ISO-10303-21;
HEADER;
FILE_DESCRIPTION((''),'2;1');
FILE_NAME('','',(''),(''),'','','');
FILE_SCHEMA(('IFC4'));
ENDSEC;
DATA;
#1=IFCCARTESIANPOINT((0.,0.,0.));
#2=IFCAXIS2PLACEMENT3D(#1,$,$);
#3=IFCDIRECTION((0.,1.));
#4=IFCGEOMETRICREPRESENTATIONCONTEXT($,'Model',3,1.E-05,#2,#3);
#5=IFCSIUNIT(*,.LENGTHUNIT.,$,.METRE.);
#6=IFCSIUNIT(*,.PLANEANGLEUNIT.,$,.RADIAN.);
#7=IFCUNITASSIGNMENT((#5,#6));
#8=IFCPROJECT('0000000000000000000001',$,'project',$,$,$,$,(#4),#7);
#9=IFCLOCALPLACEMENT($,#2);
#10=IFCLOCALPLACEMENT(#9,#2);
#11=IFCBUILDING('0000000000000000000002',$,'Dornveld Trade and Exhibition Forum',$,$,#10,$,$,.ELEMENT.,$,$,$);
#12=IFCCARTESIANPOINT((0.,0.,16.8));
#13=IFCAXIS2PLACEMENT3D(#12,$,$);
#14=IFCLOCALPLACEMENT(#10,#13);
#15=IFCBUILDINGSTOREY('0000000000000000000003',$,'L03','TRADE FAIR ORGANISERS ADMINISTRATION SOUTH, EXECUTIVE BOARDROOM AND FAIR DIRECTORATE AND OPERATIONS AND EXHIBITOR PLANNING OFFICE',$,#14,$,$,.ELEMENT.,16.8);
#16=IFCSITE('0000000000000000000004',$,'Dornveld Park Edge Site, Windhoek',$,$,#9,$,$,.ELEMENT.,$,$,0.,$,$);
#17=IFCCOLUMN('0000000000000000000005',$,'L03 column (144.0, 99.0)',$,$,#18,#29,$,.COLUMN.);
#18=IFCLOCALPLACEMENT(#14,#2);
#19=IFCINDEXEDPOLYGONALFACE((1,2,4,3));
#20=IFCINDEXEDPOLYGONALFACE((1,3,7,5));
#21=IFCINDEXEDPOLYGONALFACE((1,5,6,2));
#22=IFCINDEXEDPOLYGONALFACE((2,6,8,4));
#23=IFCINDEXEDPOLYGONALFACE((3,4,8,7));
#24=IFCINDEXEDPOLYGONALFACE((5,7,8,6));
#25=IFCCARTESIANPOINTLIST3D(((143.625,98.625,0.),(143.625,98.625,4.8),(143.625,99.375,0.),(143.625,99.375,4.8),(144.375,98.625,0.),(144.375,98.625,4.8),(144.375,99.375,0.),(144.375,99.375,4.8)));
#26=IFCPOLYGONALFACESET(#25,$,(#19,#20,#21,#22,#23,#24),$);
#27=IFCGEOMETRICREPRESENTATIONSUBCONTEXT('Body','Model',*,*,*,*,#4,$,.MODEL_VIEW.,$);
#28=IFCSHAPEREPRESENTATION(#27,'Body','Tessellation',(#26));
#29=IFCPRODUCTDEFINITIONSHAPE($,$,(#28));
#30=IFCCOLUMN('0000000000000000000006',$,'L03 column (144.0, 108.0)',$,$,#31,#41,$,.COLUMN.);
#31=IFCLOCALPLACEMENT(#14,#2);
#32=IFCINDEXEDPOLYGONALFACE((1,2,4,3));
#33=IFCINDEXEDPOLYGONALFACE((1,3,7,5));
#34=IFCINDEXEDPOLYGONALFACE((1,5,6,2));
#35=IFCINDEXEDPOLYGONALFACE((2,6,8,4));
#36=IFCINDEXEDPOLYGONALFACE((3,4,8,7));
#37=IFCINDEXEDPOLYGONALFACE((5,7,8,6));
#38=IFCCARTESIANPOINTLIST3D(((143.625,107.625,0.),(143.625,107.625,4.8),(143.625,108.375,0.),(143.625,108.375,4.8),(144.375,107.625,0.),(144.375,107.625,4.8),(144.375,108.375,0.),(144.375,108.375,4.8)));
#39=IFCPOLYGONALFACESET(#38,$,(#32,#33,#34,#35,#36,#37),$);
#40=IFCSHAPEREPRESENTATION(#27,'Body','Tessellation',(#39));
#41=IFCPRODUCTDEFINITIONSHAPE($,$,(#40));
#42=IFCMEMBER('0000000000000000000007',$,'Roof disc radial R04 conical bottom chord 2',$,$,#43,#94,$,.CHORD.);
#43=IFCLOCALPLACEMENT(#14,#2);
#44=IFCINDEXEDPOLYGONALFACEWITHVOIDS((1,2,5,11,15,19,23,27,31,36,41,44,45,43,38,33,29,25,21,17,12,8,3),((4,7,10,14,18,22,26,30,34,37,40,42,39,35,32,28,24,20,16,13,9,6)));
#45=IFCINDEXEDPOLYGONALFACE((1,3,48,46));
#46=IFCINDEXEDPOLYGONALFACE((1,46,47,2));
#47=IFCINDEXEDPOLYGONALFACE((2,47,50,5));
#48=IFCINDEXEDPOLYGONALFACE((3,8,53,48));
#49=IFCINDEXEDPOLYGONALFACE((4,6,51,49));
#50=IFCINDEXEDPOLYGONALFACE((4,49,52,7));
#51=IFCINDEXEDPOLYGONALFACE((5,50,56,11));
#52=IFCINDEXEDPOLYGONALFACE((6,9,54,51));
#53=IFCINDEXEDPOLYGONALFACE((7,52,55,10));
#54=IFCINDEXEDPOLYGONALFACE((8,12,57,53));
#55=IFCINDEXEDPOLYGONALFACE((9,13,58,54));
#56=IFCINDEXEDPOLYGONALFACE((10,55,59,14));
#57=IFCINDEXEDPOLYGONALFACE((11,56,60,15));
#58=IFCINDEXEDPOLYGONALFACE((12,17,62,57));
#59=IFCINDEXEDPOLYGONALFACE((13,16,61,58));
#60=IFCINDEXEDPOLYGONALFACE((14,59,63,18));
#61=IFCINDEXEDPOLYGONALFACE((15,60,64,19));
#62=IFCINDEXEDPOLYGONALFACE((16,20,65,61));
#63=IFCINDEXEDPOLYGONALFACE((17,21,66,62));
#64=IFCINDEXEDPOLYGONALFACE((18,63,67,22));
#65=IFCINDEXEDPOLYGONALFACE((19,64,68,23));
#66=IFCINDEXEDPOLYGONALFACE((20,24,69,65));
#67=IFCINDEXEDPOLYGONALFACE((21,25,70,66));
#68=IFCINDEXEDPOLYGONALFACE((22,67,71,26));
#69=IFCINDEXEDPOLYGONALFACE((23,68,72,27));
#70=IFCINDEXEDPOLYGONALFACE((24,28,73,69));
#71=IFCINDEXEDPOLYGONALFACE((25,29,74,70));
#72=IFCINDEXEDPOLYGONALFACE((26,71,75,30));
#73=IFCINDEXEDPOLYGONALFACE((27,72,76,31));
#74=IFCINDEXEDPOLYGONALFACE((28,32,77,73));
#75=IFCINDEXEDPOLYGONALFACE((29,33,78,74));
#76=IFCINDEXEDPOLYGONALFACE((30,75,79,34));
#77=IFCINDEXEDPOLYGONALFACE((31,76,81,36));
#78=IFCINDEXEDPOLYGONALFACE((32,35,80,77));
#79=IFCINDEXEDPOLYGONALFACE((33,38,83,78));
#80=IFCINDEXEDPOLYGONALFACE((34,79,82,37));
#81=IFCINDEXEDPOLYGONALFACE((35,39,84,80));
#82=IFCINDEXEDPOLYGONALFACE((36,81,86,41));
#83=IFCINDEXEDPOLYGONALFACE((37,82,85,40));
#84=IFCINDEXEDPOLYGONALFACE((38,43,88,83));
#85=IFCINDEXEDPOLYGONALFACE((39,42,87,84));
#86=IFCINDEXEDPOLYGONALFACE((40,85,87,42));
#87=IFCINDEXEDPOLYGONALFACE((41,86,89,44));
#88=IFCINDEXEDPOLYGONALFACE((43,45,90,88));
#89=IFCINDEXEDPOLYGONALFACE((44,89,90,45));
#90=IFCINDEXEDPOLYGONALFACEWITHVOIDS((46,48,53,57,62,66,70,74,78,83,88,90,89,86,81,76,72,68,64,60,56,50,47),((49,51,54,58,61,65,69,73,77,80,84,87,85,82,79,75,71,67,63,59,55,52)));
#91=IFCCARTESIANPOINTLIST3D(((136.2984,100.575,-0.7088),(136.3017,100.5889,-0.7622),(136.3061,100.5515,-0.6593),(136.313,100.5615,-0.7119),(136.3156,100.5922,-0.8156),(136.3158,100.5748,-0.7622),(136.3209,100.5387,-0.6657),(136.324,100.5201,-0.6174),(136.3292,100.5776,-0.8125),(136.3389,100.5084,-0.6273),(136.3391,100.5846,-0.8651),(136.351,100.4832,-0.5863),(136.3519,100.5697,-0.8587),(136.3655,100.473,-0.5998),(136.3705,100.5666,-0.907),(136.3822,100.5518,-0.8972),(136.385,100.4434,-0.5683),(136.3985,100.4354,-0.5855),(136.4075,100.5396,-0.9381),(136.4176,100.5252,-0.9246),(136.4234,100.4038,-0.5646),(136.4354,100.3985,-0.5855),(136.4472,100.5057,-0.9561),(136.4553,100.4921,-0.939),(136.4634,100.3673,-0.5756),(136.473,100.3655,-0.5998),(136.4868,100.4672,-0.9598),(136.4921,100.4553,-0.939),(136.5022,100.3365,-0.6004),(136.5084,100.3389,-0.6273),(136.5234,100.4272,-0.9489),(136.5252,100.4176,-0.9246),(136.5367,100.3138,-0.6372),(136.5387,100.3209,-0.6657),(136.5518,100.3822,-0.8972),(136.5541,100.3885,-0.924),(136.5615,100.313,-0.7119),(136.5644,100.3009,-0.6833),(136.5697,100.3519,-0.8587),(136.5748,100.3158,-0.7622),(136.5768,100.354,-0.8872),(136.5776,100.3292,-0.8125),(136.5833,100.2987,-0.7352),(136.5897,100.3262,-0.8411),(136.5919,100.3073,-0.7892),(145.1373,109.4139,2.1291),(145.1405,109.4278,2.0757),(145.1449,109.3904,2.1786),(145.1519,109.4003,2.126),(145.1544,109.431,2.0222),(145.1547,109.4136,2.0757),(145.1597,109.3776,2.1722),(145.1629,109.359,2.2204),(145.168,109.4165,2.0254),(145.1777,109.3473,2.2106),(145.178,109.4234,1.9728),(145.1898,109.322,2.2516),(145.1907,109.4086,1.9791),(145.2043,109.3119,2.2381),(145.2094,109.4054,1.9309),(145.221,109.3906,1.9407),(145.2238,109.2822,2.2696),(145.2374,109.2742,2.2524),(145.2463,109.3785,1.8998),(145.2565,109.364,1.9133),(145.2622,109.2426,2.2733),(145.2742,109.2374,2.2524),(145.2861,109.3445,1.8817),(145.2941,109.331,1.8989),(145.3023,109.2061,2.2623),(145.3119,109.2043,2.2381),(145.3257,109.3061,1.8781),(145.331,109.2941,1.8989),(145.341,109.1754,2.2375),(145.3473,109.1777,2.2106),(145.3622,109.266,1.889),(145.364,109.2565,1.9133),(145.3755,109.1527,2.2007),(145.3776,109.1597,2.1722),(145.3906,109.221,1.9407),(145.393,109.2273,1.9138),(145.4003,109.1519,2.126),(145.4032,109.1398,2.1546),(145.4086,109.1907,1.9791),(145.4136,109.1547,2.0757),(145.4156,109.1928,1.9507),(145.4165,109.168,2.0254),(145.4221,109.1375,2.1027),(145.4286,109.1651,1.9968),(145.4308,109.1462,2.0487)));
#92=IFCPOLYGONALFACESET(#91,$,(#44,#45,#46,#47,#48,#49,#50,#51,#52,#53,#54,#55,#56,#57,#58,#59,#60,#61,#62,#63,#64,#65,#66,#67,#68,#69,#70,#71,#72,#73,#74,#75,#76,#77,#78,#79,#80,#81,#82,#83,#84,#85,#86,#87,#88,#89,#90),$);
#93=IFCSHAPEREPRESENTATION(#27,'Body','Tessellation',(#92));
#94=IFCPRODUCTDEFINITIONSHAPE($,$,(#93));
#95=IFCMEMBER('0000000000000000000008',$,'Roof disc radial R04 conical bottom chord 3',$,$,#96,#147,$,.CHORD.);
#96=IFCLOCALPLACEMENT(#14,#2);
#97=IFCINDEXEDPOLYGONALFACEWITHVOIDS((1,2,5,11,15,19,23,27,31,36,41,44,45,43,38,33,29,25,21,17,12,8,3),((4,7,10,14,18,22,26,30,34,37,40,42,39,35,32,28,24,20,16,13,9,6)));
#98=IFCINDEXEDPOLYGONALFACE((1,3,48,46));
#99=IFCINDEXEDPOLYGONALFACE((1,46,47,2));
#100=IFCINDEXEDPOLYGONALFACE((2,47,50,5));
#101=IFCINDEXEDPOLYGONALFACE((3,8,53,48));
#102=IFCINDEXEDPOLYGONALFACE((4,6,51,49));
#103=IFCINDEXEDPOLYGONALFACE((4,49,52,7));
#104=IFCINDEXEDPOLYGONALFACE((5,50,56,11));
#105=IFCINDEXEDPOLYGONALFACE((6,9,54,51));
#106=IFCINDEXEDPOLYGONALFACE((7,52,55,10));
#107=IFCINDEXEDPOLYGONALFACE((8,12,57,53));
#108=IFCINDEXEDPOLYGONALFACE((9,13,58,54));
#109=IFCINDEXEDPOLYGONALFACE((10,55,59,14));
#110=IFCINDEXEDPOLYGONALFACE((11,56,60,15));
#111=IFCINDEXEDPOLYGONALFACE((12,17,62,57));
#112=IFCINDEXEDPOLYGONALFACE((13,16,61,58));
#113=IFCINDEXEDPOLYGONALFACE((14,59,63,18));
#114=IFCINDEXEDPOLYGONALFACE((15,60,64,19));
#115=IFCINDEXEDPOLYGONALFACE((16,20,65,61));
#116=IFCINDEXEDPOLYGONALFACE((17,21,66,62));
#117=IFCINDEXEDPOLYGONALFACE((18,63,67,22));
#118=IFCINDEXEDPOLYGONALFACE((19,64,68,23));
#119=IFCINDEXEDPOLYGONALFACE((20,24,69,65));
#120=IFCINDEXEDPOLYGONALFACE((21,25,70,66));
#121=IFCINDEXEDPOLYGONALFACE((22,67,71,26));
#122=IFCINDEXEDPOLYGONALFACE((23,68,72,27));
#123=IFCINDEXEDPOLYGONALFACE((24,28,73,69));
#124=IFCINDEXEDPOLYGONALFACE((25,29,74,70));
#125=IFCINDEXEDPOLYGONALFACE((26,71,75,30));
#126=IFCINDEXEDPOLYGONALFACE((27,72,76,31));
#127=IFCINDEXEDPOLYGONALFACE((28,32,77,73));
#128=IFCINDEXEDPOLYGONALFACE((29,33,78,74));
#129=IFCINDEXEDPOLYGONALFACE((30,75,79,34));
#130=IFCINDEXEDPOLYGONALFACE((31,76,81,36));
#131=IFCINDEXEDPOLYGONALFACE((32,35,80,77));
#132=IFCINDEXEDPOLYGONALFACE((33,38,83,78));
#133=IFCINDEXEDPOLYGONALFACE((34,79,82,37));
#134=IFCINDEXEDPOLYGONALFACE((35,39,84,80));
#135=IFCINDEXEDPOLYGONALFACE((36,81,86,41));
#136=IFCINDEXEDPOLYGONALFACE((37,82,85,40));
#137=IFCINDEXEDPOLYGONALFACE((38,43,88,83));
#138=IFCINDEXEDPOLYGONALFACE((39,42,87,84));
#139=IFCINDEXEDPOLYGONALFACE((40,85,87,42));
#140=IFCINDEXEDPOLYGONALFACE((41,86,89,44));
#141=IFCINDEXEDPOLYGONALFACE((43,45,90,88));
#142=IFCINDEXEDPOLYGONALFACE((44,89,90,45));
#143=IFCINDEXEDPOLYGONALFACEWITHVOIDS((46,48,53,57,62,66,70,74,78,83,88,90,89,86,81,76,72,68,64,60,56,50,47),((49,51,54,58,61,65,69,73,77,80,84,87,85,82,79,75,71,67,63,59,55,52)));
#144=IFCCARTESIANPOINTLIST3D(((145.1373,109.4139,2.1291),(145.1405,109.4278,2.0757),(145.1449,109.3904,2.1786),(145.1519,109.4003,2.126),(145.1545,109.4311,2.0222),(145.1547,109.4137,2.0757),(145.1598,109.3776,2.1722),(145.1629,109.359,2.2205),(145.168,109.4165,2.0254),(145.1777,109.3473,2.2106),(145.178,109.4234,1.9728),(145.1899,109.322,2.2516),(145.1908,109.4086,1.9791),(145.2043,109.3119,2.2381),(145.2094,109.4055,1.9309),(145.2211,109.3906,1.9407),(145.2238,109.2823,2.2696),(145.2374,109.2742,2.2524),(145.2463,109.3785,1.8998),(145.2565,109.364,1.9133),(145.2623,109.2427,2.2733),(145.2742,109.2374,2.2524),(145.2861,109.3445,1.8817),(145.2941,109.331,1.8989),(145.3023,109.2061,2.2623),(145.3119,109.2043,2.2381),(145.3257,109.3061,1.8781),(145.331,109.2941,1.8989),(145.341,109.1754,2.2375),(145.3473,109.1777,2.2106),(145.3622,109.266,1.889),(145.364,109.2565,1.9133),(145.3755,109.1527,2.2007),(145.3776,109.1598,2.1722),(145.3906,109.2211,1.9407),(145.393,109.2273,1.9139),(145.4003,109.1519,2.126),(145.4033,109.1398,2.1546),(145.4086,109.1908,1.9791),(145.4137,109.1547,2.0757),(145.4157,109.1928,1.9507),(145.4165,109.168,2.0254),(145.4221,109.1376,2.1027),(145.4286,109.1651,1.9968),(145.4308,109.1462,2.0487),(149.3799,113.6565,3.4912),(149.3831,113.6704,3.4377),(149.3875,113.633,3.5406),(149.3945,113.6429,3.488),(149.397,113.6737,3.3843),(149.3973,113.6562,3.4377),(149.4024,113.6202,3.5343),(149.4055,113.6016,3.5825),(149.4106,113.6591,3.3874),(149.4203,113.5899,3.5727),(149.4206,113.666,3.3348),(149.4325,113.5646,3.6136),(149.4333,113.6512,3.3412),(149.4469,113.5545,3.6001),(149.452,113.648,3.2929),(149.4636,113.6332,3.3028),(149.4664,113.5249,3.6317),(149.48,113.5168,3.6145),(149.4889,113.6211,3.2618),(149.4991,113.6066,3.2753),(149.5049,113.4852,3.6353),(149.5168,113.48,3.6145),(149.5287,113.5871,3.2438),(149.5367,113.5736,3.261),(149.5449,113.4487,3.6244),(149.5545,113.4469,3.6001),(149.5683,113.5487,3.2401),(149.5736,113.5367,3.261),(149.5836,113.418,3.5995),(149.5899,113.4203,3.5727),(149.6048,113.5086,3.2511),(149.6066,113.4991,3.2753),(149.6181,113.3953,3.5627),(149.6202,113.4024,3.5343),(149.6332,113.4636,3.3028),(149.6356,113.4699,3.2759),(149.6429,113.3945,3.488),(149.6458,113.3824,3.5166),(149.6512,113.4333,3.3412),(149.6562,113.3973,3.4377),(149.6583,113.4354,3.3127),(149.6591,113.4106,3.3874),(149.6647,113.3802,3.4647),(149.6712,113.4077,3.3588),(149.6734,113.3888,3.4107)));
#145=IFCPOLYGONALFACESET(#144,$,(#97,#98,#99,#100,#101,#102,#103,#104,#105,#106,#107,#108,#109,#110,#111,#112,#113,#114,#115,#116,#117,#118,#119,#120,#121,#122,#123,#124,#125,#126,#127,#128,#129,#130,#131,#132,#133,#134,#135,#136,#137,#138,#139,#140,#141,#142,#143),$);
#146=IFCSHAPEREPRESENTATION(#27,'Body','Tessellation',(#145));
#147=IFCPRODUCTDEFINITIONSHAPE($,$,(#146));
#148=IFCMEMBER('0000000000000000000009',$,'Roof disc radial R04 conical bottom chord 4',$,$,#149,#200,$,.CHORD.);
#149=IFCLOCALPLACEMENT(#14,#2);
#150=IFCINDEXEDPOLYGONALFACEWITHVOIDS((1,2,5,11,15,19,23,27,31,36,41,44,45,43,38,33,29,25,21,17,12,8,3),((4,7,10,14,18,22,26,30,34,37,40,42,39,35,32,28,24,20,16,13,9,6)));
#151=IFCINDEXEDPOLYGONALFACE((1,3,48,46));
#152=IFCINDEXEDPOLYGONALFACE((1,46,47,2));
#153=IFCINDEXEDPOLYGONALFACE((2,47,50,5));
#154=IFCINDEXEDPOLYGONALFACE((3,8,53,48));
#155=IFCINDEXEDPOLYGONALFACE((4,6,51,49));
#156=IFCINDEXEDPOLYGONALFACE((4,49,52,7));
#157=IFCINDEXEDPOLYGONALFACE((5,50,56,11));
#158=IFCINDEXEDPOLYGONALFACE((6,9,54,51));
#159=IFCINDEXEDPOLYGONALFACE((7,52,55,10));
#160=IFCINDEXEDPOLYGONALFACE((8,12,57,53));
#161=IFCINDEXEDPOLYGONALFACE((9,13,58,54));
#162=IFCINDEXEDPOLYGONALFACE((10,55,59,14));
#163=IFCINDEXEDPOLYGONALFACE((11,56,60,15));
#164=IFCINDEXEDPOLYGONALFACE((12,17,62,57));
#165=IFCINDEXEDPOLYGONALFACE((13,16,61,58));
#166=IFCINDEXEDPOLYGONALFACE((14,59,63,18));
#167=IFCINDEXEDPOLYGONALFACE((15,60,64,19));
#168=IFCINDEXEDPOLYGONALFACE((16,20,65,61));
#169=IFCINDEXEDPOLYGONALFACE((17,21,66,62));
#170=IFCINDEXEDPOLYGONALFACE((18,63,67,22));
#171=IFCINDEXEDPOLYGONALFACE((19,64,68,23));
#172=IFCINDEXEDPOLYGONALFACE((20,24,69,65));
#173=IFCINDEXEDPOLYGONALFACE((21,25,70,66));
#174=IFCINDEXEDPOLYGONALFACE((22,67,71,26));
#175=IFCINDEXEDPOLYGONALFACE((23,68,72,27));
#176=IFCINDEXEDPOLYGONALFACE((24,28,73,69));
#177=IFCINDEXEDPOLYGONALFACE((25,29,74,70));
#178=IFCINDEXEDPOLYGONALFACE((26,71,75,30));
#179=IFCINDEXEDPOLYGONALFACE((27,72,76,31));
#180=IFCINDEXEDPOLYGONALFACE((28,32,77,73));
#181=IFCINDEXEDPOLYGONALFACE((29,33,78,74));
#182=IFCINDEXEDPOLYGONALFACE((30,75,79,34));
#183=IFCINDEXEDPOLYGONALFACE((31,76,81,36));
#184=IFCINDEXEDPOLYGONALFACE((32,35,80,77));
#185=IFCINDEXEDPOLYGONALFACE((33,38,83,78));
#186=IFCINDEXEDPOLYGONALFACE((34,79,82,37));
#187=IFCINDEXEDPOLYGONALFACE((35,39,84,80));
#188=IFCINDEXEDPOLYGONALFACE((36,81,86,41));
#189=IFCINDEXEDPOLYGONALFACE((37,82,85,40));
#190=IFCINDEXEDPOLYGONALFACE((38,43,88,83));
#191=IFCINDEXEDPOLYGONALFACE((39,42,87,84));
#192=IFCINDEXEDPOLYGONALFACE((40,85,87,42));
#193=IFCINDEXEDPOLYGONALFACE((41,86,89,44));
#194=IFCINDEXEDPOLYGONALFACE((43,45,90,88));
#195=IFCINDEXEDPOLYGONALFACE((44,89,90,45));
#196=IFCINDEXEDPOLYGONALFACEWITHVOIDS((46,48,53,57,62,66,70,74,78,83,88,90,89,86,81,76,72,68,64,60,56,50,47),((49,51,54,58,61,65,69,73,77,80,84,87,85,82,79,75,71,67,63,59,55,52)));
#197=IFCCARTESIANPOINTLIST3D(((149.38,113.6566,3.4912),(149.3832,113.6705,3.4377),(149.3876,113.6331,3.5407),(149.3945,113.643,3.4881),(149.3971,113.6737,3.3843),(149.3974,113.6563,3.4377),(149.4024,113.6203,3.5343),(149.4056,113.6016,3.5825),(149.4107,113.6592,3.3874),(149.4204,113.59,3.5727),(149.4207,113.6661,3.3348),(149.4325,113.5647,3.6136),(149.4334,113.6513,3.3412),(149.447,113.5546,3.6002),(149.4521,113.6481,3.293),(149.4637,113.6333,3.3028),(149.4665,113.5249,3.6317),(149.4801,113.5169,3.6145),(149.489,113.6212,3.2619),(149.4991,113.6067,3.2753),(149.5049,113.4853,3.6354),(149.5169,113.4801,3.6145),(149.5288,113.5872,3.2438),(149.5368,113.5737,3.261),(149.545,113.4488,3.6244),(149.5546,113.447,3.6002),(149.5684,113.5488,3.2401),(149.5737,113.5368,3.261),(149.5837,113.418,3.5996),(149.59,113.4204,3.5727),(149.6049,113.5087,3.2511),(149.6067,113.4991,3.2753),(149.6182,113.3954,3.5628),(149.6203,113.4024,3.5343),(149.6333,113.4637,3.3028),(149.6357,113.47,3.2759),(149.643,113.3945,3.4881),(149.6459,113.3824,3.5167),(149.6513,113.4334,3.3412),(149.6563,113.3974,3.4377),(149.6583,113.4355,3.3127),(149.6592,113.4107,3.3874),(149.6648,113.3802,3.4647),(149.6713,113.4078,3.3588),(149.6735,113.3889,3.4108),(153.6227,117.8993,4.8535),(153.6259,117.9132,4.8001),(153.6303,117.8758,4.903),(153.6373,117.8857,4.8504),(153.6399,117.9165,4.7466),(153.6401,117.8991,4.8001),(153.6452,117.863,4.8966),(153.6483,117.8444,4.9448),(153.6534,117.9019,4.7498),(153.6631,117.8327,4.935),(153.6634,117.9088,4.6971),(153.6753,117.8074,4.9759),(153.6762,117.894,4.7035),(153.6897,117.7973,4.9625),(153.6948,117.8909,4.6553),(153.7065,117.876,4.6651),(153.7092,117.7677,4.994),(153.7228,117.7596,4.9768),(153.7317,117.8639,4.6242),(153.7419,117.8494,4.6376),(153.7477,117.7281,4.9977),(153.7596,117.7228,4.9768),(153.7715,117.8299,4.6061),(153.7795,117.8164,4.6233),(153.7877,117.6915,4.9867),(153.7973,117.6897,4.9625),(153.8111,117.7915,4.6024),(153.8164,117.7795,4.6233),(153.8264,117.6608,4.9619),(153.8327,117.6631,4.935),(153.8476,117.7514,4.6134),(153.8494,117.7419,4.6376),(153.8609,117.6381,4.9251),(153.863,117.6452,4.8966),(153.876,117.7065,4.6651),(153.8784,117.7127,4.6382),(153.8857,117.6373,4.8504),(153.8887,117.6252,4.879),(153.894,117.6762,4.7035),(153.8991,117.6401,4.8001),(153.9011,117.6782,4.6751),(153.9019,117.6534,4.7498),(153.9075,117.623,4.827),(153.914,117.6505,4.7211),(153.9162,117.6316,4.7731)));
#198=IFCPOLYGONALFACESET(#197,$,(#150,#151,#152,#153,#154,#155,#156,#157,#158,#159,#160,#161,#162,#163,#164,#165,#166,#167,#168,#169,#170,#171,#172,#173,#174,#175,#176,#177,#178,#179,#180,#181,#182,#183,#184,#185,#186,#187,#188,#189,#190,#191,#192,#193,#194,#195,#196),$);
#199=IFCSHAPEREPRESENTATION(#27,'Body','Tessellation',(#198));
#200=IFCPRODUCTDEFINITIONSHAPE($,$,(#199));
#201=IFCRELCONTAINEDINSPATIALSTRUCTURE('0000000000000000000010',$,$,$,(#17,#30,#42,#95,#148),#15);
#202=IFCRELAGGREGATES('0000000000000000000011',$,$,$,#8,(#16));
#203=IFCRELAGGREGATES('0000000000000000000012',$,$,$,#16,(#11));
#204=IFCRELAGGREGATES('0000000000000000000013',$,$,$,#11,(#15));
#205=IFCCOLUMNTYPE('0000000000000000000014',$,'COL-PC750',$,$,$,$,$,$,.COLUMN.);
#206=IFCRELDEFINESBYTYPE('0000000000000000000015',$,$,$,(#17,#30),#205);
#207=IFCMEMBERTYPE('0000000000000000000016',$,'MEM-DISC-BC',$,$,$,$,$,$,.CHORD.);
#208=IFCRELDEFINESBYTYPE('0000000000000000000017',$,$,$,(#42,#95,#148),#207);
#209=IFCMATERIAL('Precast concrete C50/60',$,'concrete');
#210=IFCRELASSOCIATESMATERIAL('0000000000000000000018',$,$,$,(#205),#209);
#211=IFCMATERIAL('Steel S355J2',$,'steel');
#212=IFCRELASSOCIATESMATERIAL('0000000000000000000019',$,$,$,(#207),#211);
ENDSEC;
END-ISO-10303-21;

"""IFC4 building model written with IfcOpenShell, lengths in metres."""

from ifc_helpers import new_model, si_unit, direction, frame, origin, origin_2d, place, context, subcontext, project, spatial, rectangle, hollow_circle, extrude, material, material_profile, profile_set, type_object, element, save


model = new_model("IFC4")

# Units and contexts
model_context = context("Model", 3, precision=1e-05, world=origin(), true_north=direction((0.0, 1.0)))
body_context = subcontext(model_context, "Body", "Model", "MODEL_VIEW")
ifc_project = project(units=[si_unit("LENGTHUNIT", "METRE"), si_unit("PLANEANGLEUNIT", "RADIAN")], contexts=[model_context])

# Site, building, storey
site_placement = place(None, origin())
site = spatial("IfcSite", under=ifc_project, at=site_placement, Name="Dornveld Park Edge Site, Windhoek", CompositionType="ELEMENT", RefElevation=0.0)
building_placement = place(site_placement, origin())
building = spatial("IfcBuilding", under=site, at=building_placement, Name="Dornveld Trade and Exhibition Forum", CompositionType="ELEMENT")
storey_placement = place(building_placement, frame((0.0, 0.0, 16.8)))
storey = spatial("IfcBuildingStorey", under=building, at=storey_placement, Name="L03", Description="TRADE FAIR ORGANISERS ADMINISTRATION SOUTH, EXECUTIVE BOARDROOM AND FAIR DIRECTORATE AND OPERATIONS AND EXHIBITOR PLANNING OFFICE", CompositionType="ELEMENT", Elevation=16.8)

# Columns
ifc_material_1 = material(Name="Precast concrete C50/60", Category="concrete")
ifc_material_profile_1 = material_profile(ifc_material_1, rectangle(XDim=0.75, YDim=0.75, at=origin_2d()), Name="PC-COL 750x750")
ifc_profile_set_1 = profile_set([ifc_material_profile_1], Name="Precast concrete C50/60")
column_type = type_object("IfcColumnType", Name="COL-PC750", PredefinedType="COLUMN", material=ifc_profile_set_1)
for number, where, z_axis, x_axis, name in (
    (1, (144.0, 99.0, 0.0), (0.0, 0.0, 1.0), (1.0, 0.0, 0.0), "L03 column (144.0, 99.0)"),
    (2, (144.0, 108.0, 0.0), (0.0, 0.0, 1.0), (1.0, 0.0, 0.0), "L03 column (144.0, 108.0)"),
):
    element("IfcColumn", number, at=place(storey_placement, frame(where, z_axis=z_axis, x_axis=x_axis)), inside=storey, type_object=column_type, Name=name, PredefinedType="COLUMN", context=body_context, shape_type="SweptSolid", body=[
        extrude(rectangle(XDim=0.75, YDim=0.75, at=origin_2d()), origin(), (0.0, 0.0, 1.0), 4.8),
    ])

# Members
ifc_material_2 = material(Name="Steel S355J2", Category="steel")
ifc_material_profile_2 = material_profile(ifc_material_2, hollow_circle(Radius=0.2031, WallThickness=0.02, at=origin_2d()), Name="CHS 406.4x20")
ifc_profile_set_2 = profile_set([ifc_material_profile_2], Name="Steel S355J2")
member_type_1 = type_object("IfcMemberType", Name="MEM-DISC-BC", PredefinedType="CHORD", material=ifc_profile_set_2)
member_1_placement = place(storey_placement, frame((136.4453, 100.4453, -0.7622), z_axis=(0.689559, 0.689559, 0.221396), x_axis=(-0.707107, 0.707107, 0.0)))
element("IfcMember", 3, at=member_1_placement, inside=storey, type_object=member_type_1, Name="Roof disc radial R04 conical bottom chord 2", PredefinedType="CHORD", context=body_context, shape_type="SweptSolid", body=[
    extrude(hollow_circle(Radius=0.2031, WallThickness=0.02, at=origin_2d()), origin(), (0.0, 0.0, 1.0), 12.8181),
])
member_2_placement = place(storey_placement, frame((145.2842, 109.2842, 2.0757), z_axis=(0.689562, 0.689562, 0.221376), x_axis=(-0.707107, 0.707107, 0.0)))
element("IfcMember", 4, at=member_2_placement, inside=storey, type_object=member_type_1, Name="Roof disc radial R04 conical bottom chord 3", PredefinedType="CHORD", context=body_context, shape_type="SweptSolid", body=[
    extrude(hollow_circle(Radius=0.2031, WallThickness=0.02, at=origin_2d()), origin(), (0.0, 0.0, 1.0), 6.1526),
])
member_3_placement = place(storey_placement, frame((149.5269, 113.5269, 3.4377), z_axis=(0.689556, 0.689556, 0.221414), x_axis=(-0.707107, 0.707107, 0.0)))
element("IfcMember", 5, at=member_3_placement, inside=storey, type_object=member_type_1, Name="Roof disc radial R04 conical bottom chord 4", PredefinedType="CHORD", context=body_context, shape_type="SweptSolid", body=[
    extrude(hollow_circle(Radius=0.2031, WallThickness=0.02, at=origin_2d()), origin(), (0.0, 0.0, 1.0), 6.1528),
])

save(model, "model.ifc")
